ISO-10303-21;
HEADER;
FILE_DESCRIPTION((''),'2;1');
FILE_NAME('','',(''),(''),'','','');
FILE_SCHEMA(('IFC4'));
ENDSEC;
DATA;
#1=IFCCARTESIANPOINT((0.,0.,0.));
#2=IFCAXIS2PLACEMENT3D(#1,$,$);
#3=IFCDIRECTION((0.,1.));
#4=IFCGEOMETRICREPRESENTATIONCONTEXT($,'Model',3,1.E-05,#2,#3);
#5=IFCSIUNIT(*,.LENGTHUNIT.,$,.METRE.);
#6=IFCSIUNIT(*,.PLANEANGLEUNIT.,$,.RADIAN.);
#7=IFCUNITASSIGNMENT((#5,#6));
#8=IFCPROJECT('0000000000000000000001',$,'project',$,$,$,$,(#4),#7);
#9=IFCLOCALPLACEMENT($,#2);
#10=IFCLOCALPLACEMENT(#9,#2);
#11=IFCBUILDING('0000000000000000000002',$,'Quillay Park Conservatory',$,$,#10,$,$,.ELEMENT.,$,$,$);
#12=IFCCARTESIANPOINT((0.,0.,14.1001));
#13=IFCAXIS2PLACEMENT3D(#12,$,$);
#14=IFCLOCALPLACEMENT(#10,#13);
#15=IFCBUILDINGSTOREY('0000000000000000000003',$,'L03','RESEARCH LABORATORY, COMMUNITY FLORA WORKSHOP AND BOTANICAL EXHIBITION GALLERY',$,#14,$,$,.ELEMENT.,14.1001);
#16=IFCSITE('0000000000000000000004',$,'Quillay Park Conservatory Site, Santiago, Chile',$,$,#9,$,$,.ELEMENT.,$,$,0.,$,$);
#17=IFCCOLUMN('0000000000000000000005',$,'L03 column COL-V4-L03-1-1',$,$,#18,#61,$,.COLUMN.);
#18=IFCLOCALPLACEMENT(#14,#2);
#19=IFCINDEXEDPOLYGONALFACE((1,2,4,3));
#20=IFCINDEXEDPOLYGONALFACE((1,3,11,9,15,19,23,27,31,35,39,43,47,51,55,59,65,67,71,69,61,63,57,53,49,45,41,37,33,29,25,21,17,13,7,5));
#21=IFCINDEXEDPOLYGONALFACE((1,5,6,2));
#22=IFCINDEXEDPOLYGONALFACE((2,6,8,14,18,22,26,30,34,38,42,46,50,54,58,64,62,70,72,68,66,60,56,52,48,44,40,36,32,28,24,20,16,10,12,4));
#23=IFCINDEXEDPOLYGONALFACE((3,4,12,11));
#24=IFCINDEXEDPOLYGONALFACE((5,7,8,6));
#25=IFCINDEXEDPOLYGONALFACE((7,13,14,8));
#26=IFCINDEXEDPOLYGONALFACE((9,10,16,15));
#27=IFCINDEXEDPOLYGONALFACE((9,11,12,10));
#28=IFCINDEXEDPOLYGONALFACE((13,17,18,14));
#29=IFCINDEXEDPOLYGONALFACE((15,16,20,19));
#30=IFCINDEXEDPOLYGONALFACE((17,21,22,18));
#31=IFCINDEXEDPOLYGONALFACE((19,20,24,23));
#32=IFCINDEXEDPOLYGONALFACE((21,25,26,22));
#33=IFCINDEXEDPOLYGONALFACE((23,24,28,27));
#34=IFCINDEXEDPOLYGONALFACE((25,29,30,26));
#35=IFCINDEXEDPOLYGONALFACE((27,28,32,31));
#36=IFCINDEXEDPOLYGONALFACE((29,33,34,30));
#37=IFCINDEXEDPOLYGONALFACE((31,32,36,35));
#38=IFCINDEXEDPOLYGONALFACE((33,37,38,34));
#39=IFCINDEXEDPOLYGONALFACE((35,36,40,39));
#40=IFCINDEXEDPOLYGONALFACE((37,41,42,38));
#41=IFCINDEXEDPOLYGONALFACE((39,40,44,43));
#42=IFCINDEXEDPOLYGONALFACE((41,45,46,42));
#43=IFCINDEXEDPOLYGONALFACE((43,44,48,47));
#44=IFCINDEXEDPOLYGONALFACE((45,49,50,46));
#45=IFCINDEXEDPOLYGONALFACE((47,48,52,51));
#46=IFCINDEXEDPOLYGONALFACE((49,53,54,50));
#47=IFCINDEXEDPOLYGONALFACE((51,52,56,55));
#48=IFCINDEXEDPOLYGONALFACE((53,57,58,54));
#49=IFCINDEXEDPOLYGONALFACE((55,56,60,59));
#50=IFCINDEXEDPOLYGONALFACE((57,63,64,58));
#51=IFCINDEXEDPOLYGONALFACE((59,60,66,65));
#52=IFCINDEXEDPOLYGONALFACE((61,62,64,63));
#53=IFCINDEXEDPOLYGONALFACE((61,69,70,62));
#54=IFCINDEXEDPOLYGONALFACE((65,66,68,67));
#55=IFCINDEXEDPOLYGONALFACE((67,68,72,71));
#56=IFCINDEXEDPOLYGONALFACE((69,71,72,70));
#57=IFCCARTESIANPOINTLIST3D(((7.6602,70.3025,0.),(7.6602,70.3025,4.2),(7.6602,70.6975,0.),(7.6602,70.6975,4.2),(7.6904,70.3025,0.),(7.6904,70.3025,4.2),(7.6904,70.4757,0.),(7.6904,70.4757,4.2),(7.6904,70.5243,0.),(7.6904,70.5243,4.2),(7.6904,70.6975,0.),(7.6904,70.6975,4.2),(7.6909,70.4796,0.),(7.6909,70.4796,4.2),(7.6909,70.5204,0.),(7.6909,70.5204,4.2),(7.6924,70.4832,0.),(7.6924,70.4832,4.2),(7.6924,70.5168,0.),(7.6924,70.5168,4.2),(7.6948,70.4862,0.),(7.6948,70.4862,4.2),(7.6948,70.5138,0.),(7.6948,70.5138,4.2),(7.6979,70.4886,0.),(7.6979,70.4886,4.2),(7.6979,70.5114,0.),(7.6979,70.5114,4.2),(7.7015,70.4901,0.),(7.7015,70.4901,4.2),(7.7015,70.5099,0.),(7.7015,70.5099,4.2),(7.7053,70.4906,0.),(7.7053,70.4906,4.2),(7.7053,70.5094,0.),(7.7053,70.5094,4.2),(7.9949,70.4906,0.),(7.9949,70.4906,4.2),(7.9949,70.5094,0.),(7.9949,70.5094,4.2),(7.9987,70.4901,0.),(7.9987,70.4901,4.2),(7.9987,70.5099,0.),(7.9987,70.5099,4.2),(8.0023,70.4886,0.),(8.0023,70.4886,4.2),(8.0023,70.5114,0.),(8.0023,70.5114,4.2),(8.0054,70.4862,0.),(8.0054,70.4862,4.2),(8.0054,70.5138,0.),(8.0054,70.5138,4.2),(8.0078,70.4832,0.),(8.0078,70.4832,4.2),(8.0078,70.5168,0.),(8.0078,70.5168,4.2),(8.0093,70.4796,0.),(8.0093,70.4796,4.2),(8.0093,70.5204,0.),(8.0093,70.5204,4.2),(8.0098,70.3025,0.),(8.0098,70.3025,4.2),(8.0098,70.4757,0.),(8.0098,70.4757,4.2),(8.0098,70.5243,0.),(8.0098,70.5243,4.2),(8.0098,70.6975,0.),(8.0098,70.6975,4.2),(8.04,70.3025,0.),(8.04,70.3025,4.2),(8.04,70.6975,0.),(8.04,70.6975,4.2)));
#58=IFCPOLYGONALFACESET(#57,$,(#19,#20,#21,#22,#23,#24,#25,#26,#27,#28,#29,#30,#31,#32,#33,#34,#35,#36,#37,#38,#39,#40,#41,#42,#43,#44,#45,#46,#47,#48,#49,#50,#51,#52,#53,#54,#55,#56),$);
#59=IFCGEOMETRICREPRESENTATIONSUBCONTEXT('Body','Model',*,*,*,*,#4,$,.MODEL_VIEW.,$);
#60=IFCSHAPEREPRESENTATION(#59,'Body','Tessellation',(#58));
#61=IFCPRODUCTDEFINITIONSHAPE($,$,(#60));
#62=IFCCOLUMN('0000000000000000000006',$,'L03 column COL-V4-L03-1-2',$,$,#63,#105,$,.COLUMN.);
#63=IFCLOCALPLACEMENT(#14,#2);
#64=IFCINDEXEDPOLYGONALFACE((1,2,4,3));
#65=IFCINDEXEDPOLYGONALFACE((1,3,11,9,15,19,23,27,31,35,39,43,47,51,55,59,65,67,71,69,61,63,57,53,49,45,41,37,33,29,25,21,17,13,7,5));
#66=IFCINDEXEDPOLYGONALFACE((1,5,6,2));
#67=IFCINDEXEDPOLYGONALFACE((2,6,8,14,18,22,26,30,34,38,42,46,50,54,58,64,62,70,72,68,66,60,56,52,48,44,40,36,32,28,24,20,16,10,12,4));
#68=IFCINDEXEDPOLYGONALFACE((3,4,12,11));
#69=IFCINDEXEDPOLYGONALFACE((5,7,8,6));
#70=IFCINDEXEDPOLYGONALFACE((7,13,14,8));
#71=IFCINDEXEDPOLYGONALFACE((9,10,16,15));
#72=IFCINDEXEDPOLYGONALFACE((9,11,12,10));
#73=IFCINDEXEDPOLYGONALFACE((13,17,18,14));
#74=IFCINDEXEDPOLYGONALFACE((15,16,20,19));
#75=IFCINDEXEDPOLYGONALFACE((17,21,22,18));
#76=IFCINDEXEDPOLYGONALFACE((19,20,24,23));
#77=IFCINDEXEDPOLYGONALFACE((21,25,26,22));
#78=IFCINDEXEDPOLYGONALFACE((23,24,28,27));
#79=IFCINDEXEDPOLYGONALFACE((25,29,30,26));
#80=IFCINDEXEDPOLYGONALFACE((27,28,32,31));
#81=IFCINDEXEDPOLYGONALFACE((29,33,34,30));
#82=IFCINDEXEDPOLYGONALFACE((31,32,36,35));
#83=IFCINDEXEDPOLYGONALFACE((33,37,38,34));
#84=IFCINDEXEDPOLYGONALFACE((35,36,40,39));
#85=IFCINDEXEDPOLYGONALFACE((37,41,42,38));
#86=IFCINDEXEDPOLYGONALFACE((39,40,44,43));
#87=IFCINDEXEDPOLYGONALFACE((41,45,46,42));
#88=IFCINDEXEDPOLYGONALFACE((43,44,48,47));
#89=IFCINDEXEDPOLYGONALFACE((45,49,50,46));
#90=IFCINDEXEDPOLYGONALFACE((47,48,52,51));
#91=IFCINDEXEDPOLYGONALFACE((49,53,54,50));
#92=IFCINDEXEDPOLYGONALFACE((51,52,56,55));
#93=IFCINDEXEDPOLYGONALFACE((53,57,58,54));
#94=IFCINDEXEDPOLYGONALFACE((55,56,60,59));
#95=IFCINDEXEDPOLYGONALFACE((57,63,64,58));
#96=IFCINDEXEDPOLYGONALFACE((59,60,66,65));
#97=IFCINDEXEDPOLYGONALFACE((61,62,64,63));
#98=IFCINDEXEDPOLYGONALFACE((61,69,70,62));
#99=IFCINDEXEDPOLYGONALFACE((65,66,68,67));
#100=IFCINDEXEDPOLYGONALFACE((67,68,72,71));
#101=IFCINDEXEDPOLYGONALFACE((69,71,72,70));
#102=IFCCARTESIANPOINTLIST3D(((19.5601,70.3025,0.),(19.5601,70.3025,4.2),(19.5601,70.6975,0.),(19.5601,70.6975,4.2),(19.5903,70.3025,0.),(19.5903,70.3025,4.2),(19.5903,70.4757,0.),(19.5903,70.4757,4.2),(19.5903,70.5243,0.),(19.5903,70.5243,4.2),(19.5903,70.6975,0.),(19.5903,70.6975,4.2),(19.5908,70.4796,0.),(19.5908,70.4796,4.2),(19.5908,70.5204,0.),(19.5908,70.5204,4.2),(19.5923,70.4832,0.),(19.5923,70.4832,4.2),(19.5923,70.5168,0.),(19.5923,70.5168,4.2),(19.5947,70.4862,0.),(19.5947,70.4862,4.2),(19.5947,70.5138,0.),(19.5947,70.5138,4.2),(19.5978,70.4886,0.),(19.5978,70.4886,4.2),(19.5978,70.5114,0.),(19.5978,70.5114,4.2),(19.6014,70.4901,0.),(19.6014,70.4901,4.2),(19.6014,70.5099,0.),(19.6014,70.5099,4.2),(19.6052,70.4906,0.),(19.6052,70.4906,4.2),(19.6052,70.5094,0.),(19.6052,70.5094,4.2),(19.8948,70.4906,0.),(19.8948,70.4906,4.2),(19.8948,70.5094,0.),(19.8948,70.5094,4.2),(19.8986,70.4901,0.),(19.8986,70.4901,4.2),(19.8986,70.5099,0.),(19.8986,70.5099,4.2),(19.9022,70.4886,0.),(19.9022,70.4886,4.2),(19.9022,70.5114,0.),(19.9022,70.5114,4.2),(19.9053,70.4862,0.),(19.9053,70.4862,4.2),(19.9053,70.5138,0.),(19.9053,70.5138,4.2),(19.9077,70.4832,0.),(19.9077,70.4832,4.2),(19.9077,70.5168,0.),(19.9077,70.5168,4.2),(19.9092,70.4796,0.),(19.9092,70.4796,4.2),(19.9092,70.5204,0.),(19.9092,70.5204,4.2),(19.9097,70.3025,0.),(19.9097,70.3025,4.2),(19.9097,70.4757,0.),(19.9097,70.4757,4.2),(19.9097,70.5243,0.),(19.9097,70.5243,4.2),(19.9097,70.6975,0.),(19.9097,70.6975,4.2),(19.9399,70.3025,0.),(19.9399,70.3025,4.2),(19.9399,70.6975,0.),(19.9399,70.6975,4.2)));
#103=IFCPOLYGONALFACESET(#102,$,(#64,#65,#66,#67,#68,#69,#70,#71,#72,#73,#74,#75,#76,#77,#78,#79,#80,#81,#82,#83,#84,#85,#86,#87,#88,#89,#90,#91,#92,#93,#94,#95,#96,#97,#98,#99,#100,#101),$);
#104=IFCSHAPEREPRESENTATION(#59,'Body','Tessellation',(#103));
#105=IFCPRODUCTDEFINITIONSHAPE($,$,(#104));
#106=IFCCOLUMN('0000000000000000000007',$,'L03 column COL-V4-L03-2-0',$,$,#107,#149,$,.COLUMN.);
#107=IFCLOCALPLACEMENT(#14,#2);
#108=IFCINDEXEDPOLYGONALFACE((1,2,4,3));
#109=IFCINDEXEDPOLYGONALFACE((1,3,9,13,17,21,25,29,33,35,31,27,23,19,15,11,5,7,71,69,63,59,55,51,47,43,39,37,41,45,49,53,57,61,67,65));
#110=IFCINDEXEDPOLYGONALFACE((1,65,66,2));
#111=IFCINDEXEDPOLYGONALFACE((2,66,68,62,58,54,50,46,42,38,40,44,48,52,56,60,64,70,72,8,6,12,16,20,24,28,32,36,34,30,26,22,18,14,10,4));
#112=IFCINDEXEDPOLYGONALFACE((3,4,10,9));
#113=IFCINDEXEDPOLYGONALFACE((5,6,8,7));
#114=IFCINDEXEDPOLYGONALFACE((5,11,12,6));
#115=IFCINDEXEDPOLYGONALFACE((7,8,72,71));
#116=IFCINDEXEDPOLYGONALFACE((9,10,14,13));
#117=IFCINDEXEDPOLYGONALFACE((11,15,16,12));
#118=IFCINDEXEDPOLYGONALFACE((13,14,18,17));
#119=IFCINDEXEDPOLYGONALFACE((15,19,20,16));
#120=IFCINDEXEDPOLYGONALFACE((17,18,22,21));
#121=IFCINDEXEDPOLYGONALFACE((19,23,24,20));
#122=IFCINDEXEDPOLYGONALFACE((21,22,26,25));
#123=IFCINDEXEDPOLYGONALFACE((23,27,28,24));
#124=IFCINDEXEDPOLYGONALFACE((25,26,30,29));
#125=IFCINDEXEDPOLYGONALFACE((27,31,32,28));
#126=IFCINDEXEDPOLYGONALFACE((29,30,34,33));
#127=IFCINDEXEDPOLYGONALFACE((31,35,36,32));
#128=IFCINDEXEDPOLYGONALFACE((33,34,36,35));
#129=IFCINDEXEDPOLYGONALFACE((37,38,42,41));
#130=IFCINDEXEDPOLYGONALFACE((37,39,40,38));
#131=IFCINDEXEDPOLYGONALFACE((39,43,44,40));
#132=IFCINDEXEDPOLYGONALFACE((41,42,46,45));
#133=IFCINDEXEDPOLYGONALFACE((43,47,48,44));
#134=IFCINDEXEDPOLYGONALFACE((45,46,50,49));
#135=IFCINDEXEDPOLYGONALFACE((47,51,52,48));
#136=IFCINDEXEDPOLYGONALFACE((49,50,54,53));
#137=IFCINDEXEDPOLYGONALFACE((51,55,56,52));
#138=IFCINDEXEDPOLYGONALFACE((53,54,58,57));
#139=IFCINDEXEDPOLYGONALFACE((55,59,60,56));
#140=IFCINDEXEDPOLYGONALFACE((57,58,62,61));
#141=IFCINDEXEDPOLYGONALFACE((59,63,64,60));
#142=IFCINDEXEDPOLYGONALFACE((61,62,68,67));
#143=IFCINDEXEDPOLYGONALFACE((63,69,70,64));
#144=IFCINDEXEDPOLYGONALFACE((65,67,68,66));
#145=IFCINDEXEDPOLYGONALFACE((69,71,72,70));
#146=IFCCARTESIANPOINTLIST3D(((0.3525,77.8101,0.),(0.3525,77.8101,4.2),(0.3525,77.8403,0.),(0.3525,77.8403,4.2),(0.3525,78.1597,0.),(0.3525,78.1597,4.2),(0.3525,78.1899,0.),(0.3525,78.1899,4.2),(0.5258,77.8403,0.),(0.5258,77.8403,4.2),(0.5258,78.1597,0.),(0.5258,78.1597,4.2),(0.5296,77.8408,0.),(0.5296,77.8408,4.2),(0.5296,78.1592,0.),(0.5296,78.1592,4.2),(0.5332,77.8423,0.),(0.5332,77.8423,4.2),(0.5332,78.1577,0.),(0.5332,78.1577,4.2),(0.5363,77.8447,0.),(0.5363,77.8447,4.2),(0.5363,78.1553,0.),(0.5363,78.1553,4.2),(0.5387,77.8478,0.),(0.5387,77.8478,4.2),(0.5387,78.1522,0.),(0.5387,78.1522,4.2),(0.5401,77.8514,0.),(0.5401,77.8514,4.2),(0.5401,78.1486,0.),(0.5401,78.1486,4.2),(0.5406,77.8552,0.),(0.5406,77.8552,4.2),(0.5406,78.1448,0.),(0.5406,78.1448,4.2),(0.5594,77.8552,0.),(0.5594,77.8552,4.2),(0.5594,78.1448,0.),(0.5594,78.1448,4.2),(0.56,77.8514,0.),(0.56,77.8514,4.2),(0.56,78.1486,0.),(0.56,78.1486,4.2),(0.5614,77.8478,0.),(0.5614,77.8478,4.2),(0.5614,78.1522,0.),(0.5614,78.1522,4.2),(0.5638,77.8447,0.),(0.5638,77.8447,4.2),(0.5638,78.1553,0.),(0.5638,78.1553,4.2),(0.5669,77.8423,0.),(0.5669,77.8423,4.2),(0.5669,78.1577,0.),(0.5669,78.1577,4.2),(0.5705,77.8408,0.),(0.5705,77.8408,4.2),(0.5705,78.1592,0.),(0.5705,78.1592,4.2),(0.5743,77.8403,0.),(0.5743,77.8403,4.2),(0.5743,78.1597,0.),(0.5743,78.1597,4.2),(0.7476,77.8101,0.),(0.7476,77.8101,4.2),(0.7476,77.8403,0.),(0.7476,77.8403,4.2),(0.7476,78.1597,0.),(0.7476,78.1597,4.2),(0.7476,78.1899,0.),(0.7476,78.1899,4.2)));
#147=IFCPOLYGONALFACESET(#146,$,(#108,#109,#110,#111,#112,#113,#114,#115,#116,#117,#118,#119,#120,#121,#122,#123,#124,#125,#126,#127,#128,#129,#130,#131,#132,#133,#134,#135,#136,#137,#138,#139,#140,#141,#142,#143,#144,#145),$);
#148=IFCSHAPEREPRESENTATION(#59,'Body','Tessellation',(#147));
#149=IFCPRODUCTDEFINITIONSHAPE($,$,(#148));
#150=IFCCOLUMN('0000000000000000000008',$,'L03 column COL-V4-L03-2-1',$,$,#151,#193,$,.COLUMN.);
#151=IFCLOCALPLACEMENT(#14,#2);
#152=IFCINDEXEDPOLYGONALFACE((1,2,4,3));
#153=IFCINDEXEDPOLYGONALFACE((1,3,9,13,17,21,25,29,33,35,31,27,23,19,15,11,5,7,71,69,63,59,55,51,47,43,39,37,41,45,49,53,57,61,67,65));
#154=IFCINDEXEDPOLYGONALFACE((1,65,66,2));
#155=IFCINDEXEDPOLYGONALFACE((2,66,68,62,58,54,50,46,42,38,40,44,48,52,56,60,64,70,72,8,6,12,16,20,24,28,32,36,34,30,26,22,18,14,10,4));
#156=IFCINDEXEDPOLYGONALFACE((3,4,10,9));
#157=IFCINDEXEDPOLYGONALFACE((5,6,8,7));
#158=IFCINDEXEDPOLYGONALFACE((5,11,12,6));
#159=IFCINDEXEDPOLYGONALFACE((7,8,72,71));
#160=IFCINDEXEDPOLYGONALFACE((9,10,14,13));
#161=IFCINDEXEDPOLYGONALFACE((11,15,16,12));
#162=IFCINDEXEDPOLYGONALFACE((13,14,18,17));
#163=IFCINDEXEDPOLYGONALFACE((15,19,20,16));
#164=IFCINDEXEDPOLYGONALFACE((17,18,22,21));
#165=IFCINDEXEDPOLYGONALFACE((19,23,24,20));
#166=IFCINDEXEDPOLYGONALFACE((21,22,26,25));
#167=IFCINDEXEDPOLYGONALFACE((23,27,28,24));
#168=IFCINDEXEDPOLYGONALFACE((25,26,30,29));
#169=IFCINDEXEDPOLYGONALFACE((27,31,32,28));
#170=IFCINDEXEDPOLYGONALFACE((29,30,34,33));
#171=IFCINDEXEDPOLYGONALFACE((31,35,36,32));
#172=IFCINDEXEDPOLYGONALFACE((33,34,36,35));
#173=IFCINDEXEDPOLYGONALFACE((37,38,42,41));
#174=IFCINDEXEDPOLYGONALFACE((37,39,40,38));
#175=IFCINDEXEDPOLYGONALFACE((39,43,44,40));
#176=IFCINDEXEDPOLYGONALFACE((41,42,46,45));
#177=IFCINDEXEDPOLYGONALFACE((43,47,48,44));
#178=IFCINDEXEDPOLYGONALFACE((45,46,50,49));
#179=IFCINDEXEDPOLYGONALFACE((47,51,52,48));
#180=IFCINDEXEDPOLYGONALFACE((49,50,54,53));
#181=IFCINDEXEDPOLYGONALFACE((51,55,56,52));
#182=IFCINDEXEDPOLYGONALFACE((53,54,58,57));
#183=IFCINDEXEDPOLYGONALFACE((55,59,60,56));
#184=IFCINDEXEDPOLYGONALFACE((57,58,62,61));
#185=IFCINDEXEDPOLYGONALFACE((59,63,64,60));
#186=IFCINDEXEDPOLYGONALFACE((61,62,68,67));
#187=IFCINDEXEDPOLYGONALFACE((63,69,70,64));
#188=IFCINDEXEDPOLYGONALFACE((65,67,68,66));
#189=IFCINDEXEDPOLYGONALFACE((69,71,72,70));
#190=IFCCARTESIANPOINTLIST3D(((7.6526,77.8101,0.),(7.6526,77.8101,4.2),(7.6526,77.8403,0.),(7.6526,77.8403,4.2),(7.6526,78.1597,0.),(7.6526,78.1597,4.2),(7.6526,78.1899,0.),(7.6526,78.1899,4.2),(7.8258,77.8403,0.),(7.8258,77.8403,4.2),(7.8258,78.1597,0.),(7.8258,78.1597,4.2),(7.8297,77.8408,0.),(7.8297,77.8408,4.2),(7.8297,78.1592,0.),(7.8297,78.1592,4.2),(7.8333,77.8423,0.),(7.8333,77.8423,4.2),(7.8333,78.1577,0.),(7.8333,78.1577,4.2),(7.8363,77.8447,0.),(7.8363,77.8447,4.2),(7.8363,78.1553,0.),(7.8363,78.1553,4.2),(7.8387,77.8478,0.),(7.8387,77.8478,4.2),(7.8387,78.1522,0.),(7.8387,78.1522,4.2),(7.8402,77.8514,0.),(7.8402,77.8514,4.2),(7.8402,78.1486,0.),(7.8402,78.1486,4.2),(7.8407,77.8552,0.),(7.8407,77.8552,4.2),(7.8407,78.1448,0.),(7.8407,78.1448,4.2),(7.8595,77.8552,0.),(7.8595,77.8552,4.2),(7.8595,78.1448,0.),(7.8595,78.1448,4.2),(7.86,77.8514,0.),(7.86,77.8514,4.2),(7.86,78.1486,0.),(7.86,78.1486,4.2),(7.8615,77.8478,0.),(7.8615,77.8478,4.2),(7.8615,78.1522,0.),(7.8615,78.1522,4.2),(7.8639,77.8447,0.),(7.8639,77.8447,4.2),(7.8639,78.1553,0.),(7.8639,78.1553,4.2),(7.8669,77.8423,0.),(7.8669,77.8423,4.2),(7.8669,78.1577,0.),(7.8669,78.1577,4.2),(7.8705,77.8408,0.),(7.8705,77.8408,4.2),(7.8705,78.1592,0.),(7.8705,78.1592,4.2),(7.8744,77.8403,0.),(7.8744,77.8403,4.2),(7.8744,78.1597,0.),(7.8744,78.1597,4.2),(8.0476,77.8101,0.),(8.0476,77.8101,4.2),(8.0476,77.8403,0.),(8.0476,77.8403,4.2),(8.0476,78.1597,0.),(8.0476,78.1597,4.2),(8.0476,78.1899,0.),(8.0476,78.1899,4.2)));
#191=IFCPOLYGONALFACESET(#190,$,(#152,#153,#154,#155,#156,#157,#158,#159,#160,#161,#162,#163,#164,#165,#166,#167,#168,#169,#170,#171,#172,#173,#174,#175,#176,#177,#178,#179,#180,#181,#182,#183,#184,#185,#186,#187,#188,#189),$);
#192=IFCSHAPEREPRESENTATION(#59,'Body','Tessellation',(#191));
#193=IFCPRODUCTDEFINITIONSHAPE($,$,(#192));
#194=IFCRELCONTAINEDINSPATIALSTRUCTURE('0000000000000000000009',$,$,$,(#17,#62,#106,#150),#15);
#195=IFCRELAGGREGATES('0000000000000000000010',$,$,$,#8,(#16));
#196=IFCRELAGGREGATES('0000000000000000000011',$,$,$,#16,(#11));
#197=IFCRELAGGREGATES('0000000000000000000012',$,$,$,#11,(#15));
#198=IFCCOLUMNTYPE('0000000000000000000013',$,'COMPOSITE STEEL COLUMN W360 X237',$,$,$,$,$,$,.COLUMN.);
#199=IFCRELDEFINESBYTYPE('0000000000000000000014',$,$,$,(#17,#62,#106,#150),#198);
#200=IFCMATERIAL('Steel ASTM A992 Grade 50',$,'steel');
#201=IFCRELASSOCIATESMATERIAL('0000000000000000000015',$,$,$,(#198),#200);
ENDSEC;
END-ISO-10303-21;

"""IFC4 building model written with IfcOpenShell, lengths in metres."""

from ifc_helpers import new_model, si_unit, direction, frame, origin, origin_2d, place, context, subcontext, project, spatial, i_section, extrude, material, material_profile, profile_set, type_object, element, save


model = new_model("IFC4")

# Units and contexts
model_context = context("Model", 3, precision=1e-05, world=origin(), true_north=direction((0.0, 1.0)))
body_context = subcontext(model_context, "Body", "Model", "MODEL_VIEW")
ifc_project = project(units=[si_unit("LENGTHUNIT", "METRE"), si_unit("PLANEANGLEUNIT", "RADIAN")], contexts=[model_context])

# Site, building, storey
site_placement = place(None, origin())
site = spatial("IfcSite", under=ifc_project, at=site_placement, Name="Quillay Park Conservatory Site, Santiago, Chile", CompositionType="ELEMENT", RefElevation=0.0)
building_placement = place(site_placement, origin())
building = spatial("IfcBuilding", under=site, at=building_placement, Name="Quillay Park Conservatory", CompositionType="ELEMENT")
storey_placement = place(building_placement, frame((0.0, 0.0, 14.1001)))
storey = spatial("IfcBuildingStorey", under=building, at=storey_placement, Name="L03", Description="RESEARCH LABORATORY, COMMUNITY FLORA WORKSHOP AND BOTANICAL EXHIBITION GALLERY", CompositionType="ELEMENT", Elevation=14.1001)

# Columns
ifc_material_1 = material(Name="Steel ASTM A992 Grade 50", Category="steel")
ifc_material_profile_1 = material_profile(ifc_material_1, i_section(OverallWidth=0.395, OverallDepth=0.3799, WebThickness=0.0188, FlangeThickness=0.0303, FilletRadius=0.0149, at=origin_2d()), Name="W360x237")
ifc_profile_set_1 = profile_set([ifc_material_profile_1], Name="Steel ASTM A992 Grade 50")
column_type = type_object("IfcColumnType", Name="COMPOSITE STEEL COLUMN W360 X237", PredefinedType="COLUMN", material=ifc_profile_set_1)
for number, where, z_axis, x_axis, name in (
    (1, (7.8501, 70.5, 0.0), (0.0, 0.0, 1.0), (0.0, 1.0, 0.0), "L03 column COL-V4-L03-1-1"),
    (2, (19.75, 70.5, 0.0), (0.0, 0.0, 1.0), (0.0, 1.0, 0.0), "L03 column COL-V4-L03-1-2"),
    (3, (0.55, 78.0, 0.0), (0.0, 0.0, 1.0), (1.0, 0.0, 0.0), "L03 column COL-V4-L03-2-0"),
    (4, (7.8501, 78.0, 0.0), (0.0, 0.0, 1.0), (1.0, 0.0, 0.0), "L03 column COL-V4-L03-2-1"),
):
    element("IfcColumn", number, at=place(storey_placement, frame(where, z_axis=z_axis, x_axis=x_axis)), inside=storey, type_object=column_type, Name=name, PredefinedType="COLUMN", context=body_context, shape_type="SweptSolid", body=[
        extrude(i_section(OverallWidth=0.395, OverallDepth=0.3799, WebThickness=0.0188, FlangeThickness=0.0303, FilletRadius=0.0149, at=origin_2d()), origin(), (0.0, 0.0, 1.0), 4.2),
    ])

save(model, "model.ifc")
